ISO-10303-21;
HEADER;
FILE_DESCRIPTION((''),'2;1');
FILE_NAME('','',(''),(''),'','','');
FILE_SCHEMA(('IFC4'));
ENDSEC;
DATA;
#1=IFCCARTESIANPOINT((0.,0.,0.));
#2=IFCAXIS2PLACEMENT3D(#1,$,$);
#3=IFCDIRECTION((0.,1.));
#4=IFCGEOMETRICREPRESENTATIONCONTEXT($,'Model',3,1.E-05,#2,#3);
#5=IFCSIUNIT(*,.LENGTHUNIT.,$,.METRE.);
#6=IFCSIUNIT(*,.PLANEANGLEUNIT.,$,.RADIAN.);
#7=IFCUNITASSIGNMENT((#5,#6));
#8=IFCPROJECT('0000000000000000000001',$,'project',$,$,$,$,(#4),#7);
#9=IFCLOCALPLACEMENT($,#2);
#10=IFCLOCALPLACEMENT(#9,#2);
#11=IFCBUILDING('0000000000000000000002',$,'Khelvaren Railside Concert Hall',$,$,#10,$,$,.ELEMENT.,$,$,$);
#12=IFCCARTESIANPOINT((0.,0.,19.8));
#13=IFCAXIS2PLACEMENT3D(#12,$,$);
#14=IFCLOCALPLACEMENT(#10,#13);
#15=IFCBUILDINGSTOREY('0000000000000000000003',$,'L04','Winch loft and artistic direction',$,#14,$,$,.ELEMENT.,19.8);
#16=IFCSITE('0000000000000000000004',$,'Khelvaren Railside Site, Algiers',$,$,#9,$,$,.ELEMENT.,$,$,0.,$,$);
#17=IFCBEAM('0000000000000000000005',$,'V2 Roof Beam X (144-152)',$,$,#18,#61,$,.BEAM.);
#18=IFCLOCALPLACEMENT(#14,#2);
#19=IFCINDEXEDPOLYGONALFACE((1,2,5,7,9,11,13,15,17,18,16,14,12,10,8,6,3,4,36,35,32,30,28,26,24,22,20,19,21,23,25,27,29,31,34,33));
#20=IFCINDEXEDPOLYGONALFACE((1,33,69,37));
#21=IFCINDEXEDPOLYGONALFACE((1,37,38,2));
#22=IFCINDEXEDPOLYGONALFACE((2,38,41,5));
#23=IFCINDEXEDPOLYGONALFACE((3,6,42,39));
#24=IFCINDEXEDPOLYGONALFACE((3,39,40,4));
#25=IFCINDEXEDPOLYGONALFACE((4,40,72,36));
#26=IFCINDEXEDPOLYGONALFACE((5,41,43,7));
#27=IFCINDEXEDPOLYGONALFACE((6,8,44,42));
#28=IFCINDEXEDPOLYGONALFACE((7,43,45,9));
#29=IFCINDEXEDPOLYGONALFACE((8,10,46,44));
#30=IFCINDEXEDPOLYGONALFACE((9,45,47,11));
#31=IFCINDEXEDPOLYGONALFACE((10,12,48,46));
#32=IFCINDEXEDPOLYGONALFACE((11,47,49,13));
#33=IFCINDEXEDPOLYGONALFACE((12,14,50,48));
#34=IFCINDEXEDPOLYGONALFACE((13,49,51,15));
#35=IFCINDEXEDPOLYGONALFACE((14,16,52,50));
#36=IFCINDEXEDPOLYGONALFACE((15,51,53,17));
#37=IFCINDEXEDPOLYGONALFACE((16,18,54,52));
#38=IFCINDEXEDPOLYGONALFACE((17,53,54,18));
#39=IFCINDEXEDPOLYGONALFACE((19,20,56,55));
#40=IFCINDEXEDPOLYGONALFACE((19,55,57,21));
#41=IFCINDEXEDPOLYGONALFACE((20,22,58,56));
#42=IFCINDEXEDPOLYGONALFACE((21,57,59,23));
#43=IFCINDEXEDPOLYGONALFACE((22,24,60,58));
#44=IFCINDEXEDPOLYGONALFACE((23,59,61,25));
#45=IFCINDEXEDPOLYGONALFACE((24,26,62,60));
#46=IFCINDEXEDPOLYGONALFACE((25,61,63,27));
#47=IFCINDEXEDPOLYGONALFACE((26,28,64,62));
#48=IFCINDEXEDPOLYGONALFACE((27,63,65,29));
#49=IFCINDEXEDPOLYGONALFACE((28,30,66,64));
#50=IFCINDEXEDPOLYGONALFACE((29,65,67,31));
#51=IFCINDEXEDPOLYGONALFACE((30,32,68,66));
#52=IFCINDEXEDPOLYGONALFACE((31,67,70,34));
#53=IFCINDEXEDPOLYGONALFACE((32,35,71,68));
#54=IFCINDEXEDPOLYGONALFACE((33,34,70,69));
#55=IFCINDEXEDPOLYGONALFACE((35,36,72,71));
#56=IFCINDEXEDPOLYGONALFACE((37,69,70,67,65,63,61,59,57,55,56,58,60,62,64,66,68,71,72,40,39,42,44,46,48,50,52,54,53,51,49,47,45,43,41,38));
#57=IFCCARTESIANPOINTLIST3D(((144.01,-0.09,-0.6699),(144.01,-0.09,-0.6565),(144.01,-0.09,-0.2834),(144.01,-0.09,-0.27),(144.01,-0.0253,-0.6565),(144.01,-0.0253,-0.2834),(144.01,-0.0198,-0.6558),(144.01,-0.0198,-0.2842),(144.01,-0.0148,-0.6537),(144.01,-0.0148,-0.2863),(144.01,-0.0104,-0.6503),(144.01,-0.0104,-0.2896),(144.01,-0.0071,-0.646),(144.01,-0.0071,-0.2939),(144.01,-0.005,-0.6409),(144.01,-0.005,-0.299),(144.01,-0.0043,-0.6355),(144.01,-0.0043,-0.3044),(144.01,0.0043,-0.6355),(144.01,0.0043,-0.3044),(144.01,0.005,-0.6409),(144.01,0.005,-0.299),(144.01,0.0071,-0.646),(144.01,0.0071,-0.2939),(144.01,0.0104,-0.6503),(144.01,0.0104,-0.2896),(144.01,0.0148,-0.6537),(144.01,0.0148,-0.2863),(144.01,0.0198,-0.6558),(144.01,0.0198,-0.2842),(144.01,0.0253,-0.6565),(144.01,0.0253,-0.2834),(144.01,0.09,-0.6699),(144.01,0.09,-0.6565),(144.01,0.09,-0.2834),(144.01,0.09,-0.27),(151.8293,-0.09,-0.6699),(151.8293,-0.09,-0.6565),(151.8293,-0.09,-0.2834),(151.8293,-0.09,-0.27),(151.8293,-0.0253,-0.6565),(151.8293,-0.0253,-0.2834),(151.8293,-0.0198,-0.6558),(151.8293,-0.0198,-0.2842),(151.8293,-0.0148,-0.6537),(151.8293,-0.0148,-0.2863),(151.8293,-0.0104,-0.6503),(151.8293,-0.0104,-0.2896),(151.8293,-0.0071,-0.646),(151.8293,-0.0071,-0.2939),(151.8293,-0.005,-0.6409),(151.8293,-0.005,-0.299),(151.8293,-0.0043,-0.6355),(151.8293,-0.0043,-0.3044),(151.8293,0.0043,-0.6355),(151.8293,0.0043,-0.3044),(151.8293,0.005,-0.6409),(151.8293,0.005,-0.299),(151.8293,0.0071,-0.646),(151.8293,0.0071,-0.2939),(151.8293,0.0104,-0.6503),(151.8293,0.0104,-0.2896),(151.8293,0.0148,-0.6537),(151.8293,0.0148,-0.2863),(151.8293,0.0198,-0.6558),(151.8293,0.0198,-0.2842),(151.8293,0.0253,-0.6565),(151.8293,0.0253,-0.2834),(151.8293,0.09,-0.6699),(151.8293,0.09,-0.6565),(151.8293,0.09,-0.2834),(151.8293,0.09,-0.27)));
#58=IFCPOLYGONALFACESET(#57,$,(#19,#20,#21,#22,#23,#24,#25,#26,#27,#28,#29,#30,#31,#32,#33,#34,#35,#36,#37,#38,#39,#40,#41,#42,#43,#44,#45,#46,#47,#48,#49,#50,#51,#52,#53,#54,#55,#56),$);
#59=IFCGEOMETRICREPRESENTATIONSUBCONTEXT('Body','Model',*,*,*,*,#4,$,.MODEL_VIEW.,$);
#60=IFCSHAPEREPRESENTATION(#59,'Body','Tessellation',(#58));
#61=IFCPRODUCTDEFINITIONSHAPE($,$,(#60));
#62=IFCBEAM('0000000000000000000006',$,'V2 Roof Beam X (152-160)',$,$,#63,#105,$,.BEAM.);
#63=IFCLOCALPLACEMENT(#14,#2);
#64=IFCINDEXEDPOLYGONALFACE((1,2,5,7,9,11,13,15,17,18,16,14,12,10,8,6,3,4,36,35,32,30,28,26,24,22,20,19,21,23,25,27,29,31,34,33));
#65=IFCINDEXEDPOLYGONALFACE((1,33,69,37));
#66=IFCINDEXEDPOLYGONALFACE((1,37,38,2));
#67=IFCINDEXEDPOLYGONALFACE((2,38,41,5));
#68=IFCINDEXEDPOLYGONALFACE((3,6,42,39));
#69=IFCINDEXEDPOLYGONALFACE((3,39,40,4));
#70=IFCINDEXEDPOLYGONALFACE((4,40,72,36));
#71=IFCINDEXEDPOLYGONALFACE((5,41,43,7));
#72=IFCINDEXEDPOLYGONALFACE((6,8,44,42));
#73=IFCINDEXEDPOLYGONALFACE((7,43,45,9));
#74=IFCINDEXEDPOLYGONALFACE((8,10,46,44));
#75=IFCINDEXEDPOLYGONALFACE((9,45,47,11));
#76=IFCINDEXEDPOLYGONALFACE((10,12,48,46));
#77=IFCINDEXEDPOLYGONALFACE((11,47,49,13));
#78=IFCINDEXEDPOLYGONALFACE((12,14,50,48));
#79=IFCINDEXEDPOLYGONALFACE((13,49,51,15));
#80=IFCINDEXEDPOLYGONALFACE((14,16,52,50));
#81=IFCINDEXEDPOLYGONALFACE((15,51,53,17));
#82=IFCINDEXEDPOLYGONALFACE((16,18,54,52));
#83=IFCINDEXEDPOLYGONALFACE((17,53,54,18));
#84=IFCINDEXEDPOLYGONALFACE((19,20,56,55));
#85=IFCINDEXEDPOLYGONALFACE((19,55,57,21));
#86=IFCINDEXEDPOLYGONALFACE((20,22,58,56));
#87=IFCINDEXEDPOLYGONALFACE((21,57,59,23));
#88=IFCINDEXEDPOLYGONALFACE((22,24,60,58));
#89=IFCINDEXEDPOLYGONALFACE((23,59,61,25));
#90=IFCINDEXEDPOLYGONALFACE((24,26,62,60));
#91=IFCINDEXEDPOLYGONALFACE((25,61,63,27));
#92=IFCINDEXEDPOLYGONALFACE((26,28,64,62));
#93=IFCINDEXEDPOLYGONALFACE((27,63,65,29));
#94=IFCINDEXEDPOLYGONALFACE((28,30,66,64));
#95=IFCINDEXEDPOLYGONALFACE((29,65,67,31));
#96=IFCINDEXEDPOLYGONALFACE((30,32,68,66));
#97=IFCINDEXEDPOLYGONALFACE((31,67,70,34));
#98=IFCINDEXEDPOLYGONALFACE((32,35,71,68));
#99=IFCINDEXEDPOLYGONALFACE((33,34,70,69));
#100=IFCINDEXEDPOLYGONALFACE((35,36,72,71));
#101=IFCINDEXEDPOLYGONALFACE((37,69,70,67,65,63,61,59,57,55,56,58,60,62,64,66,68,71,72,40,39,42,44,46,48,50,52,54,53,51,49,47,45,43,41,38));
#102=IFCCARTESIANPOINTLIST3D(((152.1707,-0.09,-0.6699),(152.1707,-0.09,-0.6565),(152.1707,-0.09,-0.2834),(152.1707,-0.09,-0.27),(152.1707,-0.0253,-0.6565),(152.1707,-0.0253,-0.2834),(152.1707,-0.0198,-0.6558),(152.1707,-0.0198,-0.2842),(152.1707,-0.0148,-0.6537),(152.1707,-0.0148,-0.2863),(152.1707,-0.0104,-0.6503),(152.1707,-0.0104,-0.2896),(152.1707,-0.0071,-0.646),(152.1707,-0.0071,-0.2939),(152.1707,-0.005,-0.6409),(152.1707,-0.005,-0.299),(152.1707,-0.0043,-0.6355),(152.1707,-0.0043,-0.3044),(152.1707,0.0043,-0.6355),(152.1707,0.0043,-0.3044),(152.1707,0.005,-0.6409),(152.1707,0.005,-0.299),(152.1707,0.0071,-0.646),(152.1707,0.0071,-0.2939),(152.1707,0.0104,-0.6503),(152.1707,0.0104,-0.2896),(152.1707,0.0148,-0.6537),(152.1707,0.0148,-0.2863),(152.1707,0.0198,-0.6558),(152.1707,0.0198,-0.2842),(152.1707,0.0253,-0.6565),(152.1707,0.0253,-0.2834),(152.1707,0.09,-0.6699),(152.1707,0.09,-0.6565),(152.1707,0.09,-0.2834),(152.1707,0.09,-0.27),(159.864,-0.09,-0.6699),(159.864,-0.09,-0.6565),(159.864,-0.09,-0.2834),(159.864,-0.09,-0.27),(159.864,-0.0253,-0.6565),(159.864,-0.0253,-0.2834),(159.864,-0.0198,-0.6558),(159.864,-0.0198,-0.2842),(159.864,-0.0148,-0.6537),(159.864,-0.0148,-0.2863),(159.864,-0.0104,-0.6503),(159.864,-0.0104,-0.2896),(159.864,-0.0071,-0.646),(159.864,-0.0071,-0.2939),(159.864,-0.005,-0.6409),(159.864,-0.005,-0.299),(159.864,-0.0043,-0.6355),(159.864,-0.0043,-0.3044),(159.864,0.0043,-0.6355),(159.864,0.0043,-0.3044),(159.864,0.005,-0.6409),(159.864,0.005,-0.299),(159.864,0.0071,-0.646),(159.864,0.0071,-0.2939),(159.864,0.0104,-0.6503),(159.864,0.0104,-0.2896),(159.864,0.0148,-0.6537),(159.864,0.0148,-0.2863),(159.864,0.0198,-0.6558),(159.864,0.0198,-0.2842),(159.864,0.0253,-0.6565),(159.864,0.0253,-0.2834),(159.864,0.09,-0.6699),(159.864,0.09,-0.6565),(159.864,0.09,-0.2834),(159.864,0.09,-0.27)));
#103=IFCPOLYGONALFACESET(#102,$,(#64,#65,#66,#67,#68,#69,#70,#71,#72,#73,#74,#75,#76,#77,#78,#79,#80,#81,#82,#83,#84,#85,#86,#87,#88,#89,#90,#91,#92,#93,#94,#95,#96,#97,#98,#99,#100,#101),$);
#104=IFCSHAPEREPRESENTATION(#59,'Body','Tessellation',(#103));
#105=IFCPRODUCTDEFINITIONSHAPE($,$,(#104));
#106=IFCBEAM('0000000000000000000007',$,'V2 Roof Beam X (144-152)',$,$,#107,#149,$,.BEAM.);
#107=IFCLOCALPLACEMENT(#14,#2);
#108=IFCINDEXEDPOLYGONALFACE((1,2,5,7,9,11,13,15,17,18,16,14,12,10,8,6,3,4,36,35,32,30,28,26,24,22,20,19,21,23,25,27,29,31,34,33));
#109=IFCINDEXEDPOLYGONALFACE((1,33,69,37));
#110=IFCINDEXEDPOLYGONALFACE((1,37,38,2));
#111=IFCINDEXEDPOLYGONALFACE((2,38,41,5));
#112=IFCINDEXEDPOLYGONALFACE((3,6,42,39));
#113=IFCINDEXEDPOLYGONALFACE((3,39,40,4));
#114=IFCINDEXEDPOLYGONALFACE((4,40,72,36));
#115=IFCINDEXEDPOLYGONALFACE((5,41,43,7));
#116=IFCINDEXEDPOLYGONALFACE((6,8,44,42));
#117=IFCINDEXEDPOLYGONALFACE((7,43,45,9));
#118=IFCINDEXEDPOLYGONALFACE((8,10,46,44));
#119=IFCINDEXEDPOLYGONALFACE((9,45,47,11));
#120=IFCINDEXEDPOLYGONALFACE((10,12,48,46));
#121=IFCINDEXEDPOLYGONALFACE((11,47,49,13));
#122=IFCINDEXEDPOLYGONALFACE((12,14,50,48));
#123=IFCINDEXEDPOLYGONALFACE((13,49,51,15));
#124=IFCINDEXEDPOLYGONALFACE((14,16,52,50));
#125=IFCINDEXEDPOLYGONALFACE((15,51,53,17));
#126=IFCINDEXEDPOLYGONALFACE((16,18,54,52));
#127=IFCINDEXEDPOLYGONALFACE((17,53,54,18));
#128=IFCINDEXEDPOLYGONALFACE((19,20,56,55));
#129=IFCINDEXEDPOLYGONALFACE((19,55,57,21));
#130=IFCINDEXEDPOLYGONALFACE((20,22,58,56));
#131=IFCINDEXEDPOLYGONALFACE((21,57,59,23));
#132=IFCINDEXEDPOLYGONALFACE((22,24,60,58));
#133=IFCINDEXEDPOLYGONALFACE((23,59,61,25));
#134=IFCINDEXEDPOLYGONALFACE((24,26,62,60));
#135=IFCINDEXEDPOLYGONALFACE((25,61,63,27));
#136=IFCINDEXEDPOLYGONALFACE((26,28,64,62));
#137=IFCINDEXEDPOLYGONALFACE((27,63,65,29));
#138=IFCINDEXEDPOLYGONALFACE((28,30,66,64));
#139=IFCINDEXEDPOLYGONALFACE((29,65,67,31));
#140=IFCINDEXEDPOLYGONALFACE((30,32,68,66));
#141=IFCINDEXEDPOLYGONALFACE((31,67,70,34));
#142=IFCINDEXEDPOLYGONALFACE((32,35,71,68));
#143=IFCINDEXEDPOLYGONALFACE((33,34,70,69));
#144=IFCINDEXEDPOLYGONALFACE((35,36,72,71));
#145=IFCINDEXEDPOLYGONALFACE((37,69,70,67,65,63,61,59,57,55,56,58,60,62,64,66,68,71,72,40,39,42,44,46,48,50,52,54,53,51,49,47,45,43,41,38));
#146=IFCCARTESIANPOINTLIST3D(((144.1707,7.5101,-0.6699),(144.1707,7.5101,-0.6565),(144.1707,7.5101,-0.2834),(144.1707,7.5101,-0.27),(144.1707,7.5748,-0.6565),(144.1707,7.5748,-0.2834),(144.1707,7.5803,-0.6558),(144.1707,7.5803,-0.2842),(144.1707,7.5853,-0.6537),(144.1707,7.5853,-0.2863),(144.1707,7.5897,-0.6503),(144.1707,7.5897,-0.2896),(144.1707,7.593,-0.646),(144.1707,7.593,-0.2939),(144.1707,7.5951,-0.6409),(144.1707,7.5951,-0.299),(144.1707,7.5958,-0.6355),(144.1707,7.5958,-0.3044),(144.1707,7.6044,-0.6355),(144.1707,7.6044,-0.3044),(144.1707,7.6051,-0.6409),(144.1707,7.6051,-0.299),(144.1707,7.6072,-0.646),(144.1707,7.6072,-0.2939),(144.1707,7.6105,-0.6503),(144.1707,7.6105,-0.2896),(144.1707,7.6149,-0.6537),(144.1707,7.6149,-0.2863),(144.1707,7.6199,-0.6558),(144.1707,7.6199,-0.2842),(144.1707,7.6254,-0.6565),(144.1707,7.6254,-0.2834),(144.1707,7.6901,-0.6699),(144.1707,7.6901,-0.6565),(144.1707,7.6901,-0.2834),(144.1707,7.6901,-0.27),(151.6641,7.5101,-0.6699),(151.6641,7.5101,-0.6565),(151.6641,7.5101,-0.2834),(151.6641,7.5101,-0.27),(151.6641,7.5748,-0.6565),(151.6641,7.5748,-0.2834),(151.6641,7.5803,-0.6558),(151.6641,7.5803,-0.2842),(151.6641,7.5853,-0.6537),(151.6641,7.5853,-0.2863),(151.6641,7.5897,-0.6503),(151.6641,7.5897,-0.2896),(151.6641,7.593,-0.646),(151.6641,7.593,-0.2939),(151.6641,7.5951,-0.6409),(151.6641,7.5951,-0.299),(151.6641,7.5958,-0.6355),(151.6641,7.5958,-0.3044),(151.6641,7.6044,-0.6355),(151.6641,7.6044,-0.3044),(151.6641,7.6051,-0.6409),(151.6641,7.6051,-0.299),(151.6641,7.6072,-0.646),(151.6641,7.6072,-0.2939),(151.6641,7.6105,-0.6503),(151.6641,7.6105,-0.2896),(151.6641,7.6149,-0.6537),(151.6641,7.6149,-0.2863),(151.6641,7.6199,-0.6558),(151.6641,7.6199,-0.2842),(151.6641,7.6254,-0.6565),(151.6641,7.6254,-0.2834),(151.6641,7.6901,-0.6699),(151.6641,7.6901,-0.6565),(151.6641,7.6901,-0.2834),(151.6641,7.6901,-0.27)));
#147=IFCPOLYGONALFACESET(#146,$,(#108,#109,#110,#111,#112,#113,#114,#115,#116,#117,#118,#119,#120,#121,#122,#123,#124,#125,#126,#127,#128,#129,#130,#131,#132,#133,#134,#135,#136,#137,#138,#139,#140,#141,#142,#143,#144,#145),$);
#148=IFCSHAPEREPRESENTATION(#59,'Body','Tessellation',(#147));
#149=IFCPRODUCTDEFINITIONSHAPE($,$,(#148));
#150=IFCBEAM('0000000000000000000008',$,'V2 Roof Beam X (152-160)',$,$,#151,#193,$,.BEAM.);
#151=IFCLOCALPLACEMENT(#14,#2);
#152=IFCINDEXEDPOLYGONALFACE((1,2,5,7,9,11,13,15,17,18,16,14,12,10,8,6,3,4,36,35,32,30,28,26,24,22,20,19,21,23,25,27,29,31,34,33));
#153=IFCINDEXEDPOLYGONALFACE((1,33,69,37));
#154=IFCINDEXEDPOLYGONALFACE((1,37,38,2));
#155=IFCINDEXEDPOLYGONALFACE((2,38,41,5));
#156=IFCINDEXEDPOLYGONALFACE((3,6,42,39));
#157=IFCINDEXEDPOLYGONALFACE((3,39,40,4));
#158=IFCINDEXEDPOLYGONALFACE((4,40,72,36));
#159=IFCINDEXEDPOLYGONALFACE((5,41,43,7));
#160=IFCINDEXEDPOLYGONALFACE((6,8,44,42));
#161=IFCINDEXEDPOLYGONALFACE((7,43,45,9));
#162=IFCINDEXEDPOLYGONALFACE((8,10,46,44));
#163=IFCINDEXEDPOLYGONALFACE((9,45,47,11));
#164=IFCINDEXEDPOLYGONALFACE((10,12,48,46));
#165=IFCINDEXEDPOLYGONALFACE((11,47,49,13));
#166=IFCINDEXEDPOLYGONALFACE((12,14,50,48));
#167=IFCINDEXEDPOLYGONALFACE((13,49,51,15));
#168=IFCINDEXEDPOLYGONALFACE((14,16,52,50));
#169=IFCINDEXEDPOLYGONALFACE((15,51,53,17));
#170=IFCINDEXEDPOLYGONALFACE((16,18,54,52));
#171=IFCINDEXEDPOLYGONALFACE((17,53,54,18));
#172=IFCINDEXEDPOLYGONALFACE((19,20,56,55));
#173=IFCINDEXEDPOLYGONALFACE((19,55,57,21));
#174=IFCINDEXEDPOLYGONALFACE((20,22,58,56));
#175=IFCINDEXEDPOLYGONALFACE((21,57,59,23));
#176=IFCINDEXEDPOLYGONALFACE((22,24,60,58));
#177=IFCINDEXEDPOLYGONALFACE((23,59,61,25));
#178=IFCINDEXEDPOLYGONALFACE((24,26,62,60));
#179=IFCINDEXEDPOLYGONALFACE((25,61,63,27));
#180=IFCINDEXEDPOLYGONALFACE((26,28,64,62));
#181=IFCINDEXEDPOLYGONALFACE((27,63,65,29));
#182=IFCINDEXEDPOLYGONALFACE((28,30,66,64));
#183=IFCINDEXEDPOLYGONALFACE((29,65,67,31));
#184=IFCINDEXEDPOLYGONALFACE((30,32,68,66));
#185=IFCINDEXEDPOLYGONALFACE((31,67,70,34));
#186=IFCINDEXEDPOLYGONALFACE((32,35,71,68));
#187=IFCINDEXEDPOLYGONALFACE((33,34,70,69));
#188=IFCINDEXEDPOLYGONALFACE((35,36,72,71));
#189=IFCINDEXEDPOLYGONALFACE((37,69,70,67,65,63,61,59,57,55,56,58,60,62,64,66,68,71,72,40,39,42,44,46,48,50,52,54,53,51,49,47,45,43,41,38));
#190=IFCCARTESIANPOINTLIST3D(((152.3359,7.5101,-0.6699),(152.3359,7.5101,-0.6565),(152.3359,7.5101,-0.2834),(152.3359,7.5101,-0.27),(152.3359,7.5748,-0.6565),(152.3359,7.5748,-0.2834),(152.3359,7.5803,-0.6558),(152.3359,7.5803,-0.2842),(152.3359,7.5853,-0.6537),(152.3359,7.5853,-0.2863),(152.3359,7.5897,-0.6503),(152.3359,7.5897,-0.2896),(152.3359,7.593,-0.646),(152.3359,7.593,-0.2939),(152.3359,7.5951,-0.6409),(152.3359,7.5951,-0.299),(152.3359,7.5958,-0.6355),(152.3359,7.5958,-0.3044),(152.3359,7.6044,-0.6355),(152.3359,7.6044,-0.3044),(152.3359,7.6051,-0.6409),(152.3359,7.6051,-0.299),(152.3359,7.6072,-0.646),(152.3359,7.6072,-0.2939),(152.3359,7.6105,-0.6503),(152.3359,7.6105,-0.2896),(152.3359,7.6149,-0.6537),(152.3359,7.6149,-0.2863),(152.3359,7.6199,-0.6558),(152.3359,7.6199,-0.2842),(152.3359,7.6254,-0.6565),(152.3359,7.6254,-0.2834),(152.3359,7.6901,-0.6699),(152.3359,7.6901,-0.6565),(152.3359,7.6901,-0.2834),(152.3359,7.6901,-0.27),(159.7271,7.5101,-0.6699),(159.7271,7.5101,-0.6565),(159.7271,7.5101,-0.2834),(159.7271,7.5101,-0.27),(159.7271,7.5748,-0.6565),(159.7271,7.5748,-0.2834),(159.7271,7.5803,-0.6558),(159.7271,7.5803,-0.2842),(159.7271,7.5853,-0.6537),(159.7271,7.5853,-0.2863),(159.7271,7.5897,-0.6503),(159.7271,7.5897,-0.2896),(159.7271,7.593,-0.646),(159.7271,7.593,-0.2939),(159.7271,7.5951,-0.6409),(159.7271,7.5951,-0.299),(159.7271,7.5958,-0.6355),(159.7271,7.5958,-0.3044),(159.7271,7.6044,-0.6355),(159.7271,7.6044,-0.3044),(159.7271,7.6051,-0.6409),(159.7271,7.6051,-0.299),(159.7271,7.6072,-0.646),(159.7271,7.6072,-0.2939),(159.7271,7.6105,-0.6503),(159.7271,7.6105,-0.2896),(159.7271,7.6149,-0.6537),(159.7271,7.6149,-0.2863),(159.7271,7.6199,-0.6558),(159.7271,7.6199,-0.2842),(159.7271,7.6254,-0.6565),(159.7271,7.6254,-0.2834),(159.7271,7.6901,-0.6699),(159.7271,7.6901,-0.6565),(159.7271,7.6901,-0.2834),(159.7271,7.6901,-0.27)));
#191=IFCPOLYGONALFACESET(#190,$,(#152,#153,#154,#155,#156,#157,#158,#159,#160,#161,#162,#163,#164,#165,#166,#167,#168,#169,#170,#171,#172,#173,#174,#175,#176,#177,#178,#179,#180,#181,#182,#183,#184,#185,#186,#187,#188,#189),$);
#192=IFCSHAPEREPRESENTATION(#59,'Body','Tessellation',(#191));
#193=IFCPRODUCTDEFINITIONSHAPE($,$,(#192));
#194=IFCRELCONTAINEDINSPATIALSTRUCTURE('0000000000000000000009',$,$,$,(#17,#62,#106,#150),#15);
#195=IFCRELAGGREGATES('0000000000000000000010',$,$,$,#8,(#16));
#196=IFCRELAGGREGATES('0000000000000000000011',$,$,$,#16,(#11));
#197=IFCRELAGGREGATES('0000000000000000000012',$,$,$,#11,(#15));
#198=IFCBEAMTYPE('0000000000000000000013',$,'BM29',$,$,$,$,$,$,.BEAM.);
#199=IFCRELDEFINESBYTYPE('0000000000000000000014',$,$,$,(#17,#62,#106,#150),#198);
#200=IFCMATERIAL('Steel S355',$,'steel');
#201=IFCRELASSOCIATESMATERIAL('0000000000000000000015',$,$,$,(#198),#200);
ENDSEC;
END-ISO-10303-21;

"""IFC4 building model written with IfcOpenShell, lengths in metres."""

from ifc_helpers import new_model, si_unit, direction, frame, origin, origin_2d, place, context, subcontext, project, spatial, i_section, extrude, material, material_profile, profile_set, type_object, element, save


model = new_model("IFC4")

# Units and contexts
model_context = context("Model", 3, precision=1e-05, world=origin(), true_north=direction((0.0, 1.0)))
body_context = subcontext(model_context, "Body", "Model", "MODEL_VIEW")
ifc_project = project(units=[si_unit("LENGTHUNIT", "METRE"), si_unit("PLANEANGLEUNIT", "RADIAN")], contexts=[model_context])

# Site, building, storey
site_placement = place(None, origin())
site = spatial("IfcSite", under=ifc_project, at=site_placement, Name="Khelvaren Railside Site, Algiers", CompositionType="ELEMENT", RefElevation=0.0)
building_placement = place(site_placement, origin())
building = spatial("IfcBuilding", under=site, at=building_placement, Name="Khelvaren Railside Concert Hall", CompositionType="ELEMENT")
storey_placement = place(building_placement, frame((0.0, 0.0, 19.8)))
storey = spatial("IfcBuildingStorey", under=building, at=storey_placement, Name="L04", Description="Winch loft and artistic direction", CompositionType="ELEMENT", Elevation=19.8)

# Beams
ifc_material_1 = material(Name="Steel S355", Category="steel")
ifc_material_profile_1 = material_profile(ifc_material_1, i_section(OverallWidth=0.1799, OverallDepth=0.3999, WebThickness=0.0085, FlangeThickness=0.0134, FilletRadius=0.021, at=origin_2d()), Name="IPE 400")
ifc_profile_set_1 = profile_set([ifc_material_profile_1], Name="Steel S355")
beam_type_1 = type_object("IfcBeamType", Name="BM29", PredefinedType="BEAM", material=ifc_profile_set_1)
beam_1_placement = place(storey_placement, frame((144.01, 0.0, -0.47), z_axis=(1.0, 0.0, 0.0), x_axis=(0.0, 1.0, 0.0)))
element("IfcBeam", 1, at=beam_1_placement, inside=storey, type_object=beam_type_1, Name="V2 Roof Beam X (144-152)", PredefinedType="BEAM", context=body_context, shape_type="SweptSolid", body=[
    extrude(i_section(OverallWidth=0.1799, OverallDepth=0.3999, WebThickness=0.0085, FlangeThickness=0.0134, FilletRadius=0.021, at=origin_2d()), origin(), (0.0, 0.0, 1.0), 7.8193),
])
beam_2_placement = place(storey_placement, frame((152.1707, 0.0, -0.47), z_axis=(1.0, 0.0, 0.0), x_axis=(0.0, 1.0, 0.0)))
element("IfcBeam", 2, at=beam_2_placement, inside=storey, type_object=beam_type_1, Name="V2 Roof Beam X (152-160)", PredefinedType="BEAM", context=body_context, shape_type="SweptSolid", body=[
    extrude(i_section(OverallWidth=0.1799, OverallDepth=0.3999, WebThickness=0.0085, FlangeThickness=0.0134, FilletRadius=0.021, at=origin_2d()), origin(), (0.0, 0.0, 1.0), 7.6934),
])
beam_3_placement = place(storey_placement, frame((144.1707, 7.6001, -0.47), z_axis=(1.0, 0.0, 0.0), x_axis=(0.0, 1.0, 0.0)))
element("IfcBeam", 3, at=beam_3_placement, inside=storey, type_object=beam_type_1, Name="V2 Roof Beam X (144-152)", PredefinedType="BEAM", context=body_context, shape_type="SweptSolid", body=[
    extrude(i_section(OverallWidth=0.1799, OverallDepth=0.3999, WebThickness=0.0085, FlangeThickness=0.0134, FilletRadius=0.021, at=origin_2d()), origin(), (0.0, 0.0, 1.0), 7.4934),
])
beam_4_placement = place(storey_placement, frame((152.3359, 7.6001, -0.47), z_axis=(1.0, 0.0, 0.0), x_axis=(0.0, 1.0, 0.0)))
element("IfcBeam", 4, at=beam_4_placement, inside=storey, type_object=beam_type_1, Name="V2 Roof Beam X (152-160)", PredefinedType="BEAM", context=body_context, shape_type="SweptSolid", body=[
    extrude(i_section(OverallWidth=0.1799, OverallDepth=0.3999, WebThickness=0.0085, FlangeThickness=0.0134, FilletRadius=0.021, at=origin_2d()), origin(), (0.0, 0.0, 1.0), 7.3911),
])

save(model, "model.ifc")
